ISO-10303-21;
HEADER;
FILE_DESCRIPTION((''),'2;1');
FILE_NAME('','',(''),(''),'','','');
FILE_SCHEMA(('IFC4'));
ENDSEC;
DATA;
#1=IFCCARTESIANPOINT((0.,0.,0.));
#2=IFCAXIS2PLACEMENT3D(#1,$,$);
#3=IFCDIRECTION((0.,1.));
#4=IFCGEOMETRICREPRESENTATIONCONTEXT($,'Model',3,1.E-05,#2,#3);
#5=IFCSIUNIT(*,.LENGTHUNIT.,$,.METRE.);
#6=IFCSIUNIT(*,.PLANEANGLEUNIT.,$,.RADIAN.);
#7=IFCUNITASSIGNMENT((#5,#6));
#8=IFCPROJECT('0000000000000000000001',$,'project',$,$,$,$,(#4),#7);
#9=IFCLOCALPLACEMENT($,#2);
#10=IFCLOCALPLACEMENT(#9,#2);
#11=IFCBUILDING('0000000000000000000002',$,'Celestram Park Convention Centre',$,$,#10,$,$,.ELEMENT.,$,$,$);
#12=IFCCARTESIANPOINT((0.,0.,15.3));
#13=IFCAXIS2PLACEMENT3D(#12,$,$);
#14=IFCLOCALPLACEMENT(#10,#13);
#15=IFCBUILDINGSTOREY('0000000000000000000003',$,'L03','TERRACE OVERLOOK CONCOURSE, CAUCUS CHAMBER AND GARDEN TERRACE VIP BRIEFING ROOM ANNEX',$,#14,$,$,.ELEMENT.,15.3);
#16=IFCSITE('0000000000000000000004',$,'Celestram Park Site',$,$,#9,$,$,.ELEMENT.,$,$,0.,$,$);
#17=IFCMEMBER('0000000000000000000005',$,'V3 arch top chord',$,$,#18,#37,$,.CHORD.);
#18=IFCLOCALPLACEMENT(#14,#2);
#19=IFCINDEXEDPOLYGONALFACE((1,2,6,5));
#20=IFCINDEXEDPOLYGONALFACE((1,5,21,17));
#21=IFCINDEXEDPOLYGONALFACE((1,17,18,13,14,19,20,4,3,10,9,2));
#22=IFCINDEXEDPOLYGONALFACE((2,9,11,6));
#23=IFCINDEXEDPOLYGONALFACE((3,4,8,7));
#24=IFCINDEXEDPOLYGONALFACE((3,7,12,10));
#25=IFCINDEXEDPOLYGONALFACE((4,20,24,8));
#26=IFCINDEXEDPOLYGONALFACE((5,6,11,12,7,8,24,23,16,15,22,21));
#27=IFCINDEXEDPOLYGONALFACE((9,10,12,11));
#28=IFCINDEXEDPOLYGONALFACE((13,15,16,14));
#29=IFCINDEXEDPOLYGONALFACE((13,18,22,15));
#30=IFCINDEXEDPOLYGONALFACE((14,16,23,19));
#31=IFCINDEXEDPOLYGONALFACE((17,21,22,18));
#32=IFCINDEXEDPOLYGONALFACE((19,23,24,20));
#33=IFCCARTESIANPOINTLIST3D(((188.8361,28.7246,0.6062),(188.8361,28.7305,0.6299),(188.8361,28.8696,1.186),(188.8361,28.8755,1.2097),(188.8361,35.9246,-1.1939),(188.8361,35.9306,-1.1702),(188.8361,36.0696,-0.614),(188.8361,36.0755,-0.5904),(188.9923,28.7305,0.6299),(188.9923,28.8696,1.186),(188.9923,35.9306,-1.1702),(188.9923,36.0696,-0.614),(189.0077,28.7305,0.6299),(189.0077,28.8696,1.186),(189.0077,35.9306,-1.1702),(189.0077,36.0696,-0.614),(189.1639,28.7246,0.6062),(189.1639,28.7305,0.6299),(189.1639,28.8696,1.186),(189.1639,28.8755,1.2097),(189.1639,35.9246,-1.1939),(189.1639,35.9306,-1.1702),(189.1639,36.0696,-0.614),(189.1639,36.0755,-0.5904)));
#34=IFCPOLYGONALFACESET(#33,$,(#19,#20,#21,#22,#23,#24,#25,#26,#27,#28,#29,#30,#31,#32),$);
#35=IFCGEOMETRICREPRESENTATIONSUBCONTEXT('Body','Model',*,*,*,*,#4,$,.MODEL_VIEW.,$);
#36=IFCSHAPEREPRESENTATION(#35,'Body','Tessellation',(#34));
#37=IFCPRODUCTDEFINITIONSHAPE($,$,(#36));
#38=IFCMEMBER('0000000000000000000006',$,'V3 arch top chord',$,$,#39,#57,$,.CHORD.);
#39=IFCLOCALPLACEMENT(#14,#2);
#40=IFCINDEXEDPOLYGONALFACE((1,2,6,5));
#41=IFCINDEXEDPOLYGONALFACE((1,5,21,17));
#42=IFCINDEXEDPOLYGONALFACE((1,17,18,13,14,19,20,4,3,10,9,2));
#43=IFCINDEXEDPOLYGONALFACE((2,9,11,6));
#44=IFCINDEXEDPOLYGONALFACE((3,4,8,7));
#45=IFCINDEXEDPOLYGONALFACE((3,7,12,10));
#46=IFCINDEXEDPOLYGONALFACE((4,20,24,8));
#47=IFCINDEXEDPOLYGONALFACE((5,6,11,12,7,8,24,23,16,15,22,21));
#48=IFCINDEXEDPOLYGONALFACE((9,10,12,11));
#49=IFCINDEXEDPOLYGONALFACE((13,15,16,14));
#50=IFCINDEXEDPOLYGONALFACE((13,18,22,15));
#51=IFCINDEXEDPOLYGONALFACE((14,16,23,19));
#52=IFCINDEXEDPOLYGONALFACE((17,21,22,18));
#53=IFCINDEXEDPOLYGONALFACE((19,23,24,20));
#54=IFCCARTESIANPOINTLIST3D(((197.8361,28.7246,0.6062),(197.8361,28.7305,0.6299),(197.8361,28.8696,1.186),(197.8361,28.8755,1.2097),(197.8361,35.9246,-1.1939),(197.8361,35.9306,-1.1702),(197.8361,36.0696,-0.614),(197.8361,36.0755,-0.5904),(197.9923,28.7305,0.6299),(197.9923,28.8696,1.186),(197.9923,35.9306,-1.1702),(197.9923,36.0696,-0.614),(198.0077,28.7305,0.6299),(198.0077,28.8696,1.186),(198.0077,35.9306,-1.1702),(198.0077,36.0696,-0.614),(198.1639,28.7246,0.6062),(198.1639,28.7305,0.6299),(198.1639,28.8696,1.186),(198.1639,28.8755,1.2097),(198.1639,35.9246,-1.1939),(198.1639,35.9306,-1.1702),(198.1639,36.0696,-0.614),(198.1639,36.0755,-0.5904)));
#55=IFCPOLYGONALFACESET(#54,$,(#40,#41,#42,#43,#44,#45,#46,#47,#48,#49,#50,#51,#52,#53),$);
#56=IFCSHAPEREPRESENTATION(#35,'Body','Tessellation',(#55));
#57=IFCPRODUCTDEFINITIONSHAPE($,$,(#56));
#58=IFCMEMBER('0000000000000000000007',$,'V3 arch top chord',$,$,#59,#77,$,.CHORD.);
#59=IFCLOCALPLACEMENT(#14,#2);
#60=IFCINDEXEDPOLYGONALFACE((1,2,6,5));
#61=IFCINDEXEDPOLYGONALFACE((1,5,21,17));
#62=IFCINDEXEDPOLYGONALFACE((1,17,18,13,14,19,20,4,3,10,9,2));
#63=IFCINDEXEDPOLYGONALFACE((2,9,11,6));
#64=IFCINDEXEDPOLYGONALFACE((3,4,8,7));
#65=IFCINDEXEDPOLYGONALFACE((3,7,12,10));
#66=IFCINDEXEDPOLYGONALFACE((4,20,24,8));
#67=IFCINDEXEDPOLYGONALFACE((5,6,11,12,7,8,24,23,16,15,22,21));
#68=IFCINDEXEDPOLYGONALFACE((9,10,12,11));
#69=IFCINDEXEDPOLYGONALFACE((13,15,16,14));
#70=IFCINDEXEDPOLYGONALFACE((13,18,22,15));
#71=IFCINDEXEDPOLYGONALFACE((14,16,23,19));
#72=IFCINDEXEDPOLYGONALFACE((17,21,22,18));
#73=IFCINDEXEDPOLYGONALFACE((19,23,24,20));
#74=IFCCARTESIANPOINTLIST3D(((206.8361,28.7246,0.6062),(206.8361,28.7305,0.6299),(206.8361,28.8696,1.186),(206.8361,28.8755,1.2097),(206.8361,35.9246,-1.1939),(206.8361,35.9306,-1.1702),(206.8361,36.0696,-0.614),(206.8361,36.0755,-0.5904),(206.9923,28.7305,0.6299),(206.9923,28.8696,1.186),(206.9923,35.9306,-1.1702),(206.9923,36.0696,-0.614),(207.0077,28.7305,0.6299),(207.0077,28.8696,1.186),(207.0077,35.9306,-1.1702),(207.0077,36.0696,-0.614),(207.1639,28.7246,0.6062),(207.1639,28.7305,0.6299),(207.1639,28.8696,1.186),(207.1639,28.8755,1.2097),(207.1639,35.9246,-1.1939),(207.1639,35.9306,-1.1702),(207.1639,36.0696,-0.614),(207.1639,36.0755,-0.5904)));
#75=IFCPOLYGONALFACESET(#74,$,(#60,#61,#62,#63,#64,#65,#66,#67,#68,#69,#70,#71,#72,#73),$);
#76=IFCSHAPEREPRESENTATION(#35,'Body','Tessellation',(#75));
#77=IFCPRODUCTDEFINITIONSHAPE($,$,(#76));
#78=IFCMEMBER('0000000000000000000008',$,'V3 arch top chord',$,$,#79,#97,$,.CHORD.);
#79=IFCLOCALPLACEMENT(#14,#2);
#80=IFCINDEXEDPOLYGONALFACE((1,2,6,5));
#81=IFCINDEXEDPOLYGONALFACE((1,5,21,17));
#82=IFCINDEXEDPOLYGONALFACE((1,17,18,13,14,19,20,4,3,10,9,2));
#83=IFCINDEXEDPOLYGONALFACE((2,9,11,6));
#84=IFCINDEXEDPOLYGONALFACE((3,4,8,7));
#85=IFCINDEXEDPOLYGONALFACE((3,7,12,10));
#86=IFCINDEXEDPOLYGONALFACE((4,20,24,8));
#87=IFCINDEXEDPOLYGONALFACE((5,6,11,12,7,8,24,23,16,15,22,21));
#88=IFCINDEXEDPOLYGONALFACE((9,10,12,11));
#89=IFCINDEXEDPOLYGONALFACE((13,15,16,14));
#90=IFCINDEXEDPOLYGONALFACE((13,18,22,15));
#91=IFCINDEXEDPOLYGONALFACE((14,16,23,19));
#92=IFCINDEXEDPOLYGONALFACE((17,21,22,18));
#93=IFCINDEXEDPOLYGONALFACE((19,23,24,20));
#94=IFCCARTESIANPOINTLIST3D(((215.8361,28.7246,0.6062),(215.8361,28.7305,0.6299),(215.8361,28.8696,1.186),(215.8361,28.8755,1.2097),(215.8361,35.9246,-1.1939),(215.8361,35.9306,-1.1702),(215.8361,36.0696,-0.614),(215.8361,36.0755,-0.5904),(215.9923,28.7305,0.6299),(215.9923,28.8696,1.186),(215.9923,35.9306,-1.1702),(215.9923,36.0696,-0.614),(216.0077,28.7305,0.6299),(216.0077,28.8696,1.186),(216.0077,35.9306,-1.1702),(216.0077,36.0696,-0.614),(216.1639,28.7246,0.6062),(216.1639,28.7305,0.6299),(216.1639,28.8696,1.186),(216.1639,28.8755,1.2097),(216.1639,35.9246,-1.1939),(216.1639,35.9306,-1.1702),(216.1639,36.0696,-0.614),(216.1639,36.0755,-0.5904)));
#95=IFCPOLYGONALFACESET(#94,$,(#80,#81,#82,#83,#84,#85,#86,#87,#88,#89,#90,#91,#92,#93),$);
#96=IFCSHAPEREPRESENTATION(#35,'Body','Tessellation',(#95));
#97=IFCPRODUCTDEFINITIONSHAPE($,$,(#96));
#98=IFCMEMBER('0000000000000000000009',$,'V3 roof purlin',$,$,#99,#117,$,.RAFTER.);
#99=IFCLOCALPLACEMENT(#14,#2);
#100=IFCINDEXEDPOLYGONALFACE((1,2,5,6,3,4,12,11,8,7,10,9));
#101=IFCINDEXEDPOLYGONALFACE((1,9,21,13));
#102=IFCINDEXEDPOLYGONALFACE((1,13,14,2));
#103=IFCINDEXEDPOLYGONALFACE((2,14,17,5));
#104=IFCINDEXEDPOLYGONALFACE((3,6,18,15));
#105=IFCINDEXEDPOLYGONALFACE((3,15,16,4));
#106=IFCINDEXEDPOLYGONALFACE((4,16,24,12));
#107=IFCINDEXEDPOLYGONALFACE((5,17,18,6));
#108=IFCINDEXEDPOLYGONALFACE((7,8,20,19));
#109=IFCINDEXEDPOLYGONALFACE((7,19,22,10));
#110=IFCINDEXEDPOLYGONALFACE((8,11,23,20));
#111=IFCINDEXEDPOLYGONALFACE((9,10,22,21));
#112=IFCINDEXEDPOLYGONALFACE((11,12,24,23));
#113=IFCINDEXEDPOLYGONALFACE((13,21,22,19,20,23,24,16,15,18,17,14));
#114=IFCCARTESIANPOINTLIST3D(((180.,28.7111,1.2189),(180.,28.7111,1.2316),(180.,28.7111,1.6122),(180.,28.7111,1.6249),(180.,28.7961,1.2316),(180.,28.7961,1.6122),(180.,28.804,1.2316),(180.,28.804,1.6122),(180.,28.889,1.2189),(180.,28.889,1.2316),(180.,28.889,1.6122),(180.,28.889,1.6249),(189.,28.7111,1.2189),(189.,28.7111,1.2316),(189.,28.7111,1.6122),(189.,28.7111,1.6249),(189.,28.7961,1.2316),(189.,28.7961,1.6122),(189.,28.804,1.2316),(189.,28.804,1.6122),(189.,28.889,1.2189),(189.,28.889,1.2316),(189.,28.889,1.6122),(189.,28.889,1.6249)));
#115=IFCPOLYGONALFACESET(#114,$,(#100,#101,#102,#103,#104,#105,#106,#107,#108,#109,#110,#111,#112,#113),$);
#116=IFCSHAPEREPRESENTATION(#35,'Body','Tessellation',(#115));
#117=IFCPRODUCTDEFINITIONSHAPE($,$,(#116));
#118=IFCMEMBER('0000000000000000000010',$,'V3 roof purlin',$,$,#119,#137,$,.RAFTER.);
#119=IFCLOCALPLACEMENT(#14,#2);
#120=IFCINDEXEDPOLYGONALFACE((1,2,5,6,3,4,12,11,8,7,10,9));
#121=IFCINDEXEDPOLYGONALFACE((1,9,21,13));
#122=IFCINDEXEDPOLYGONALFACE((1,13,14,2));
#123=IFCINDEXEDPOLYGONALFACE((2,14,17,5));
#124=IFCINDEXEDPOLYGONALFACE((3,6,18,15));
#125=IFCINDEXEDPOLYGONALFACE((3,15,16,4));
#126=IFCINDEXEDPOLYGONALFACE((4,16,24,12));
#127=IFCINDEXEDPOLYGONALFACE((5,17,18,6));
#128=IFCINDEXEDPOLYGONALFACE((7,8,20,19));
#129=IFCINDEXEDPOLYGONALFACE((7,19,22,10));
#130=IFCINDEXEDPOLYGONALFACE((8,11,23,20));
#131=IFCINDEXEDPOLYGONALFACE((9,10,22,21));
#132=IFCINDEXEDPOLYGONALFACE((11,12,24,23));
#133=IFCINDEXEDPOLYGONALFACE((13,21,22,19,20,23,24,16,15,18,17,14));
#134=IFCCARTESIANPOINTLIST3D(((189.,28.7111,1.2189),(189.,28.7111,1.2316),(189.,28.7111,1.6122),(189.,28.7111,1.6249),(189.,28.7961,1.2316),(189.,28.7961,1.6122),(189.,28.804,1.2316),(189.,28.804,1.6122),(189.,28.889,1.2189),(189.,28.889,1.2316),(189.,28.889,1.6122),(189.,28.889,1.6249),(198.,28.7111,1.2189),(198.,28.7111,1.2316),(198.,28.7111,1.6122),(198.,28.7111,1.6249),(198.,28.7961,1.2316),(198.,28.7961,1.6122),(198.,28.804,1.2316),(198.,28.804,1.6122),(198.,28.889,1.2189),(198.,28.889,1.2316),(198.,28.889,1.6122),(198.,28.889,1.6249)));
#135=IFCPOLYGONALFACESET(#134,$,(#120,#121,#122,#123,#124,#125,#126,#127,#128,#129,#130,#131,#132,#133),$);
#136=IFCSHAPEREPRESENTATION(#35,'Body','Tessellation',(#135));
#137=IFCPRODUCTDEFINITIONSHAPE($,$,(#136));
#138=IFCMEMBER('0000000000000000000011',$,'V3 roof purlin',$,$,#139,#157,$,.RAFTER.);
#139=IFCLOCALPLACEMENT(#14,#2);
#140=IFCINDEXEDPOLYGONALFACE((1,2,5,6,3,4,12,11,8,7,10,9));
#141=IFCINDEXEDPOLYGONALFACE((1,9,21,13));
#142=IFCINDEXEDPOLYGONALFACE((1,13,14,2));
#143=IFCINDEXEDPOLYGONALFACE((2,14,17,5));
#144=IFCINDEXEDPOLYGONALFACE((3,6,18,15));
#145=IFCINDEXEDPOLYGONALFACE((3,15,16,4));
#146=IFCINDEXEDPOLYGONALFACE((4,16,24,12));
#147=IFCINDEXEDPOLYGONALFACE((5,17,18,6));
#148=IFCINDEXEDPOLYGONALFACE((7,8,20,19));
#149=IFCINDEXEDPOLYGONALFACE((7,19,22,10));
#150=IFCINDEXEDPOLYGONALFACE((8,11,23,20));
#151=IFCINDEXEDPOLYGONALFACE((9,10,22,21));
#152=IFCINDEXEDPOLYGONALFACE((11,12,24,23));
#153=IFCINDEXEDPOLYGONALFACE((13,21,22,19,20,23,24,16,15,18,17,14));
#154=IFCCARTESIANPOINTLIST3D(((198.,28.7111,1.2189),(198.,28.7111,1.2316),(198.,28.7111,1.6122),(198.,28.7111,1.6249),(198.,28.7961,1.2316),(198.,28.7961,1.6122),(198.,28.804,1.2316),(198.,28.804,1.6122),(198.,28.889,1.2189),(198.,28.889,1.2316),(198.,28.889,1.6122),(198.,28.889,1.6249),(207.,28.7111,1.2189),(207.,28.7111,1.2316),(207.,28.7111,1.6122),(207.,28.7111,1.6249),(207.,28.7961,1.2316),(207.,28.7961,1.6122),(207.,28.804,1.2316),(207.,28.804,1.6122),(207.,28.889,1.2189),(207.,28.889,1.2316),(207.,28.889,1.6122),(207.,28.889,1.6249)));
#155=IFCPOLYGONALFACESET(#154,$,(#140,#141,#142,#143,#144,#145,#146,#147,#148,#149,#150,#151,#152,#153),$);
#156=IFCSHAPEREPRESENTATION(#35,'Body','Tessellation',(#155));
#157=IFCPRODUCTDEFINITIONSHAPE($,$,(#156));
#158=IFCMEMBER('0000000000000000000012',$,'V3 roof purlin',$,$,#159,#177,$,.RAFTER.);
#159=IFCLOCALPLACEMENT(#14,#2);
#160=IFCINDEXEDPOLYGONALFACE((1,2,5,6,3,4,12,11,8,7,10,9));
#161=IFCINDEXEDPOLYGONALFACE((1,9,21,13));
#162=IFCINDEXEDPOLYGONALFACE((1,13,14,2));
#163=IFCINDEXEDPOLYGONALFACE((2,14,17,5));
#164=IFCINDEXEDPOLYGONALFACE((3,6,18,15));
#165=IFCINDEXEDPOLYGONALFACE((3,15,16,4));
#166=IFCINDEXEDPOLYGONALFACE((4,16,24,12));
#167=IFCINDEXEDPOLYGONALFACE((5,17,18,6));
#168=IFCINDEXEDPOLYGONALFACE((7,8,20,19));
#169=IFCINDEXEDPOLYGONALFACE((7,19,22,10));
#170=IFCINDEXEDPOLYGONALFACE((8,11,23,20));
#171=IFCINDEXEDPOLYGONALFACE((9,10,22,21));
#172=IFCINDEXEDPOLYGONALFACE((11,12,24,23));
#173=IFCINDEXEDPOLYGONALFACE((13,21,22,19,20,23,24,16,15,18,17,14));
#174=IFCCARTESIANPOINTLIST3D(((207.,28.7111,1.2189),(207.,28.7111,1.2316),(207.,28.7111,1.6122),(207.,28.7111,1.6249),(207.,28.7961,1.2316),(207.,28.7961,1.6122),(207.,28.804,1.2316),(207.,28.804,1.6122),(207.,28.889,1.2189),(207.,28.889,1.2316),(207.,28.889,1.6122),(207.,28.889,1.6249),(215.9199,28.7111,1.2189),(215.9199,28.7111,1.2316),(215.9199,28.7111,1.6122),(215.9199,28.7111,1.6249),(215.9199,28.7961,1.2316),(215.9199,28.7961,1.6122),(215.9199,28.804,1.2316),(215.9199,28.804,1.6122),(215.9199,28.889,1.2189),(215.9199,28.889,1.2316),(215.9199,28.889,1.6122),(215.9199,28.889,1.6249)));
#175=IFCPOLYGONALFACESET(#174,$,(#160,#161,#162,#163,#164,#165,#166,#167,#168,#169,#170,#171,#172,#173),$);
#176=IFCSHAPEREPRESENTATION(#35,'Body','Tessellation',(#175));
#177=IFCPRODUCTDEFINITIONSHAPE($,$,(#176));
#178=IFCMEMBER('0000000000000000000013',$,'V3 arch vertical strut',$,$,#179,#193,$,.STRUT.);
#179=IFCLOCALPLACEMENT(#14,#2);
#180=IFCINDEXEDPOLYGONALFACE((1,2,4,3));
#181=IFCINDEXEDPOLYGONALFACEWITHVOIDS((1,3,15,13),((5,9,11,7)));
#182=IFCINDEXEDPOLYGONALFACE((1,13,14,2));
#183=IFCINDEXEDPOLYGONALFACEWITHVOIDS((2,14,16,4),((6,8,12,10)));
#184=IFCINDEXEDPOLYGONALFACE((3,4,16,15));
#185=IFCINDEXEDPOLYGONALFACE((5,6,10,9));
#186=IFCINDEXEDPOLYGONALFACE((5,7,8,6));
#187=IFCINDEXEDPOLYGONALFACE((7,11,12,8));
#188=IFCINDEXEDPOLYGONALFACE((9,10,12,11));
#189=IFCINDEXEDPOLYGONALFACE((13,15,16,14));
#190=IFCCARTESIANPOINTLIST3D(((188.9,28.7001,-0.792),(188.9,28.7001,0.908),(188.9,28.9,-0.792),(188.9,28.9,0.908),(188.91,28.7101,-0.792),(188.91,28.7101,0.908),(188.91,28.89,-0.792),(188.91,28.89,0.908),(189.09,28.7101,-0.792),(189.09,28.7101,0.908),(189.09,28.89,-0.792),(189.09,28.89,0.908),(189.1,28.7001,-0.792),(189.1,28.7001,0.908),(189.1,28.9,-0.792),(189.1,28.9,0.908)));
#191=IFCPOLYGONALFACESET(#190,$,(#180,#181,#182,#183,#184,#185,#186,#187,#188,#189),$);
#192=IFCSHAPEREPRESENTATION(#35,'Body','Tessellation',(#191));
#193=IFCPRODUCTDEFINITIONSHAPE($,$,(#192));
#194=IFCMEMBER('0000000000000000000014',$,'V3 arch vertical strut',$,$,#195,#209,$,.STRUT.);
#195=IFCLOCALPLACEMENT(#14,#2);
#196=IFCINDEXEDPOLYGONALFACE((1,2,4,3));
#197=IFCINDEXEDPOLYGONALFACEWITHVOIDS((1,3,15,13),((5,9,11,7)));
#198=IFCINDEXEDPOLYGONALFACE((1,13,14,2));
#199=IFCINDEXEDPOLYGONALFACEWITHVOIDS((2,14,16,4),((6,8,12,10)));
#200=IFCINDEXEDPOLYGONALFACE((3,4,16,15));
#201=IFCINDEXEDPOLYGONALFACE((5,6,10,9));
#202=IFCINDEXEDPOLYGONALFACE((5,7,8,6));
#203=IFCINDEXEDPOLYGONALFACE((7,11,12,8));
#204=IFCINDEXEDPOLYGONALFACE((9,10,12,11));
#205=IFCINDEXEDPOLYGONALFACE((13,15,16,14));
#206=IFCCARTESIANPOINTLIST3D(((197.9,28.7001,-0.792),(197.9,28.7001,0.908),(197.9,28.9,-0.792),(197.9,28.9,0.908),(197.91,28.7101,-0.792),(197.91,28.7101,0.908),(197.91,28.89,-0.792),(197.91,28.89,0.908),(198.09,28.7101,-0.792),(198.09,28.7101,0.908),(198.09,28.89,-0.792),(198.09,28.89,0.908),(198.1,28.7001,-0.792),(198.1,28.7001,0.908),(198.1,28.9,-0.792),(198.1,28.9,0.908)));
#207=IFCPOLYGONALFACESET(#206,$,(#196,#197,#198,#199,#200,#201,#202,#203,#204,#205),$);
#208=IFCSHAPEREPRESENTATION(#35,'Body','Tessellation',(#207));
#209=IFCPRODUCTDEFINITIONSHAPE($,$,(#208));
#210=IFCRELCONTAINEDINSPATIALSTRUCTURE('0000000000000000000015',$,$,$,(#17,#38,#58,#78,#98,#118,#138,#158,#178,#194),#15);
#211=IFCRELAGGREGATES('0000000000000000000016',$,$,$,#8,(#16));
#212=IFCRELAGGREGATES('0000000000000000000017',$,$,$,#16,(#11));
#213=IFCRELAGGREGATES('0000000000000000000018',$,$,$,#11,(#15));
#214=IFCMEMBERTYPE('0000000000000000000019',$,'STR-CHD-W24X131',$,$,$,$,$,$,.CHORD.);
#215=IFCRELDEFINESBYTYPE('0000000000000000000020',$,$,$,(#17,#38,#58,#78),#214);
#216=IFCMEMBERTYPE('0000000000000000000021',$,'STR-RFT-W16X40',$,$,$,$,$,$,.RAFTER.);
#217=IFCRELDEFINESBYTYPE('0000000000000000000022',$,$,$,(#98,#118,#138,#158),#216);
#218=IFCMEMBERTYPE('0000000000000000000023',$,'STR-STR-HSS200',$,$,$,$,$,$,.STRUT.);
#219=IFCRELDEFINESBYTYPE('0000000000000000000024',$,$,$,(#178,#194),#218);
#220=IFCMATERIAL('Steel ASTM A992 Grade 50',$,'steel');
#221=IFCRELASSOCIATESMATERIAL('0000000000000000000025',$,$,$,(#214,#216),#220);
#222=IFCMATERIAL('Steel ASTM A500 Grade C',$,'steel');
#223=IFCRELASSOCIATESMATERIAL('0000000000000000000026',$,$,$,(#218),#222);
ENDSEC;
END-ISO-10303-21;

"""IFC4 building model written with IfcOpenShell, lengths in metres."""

from ifc_helpers import new_model, si_unit, direction, frame, origin, origin_2d, place, context, subcontext, project, spatial, hollow_rectangle, i_section, extrude, material, material_profile, profile_set, type_object, element, save


model = new_model("IFC4")

# Units and contexts
model_context = context("Model", 3, precision=1e-05, world=origin(), true_north=direction((0.0, 1.0)))
body_context = subcontext(model_context, "Body", "Model", "MODEL_VIEW")
ifc_project = project(units=[si_unit("LENGTHUNIT", "METRE"), si_unit("PLANEANGLEUNIT", "RADIAN")], contexts=[model_context])

# Site, building, storey
site_placement = place(None, origin())
site = spatial("IfcSite", under=ifc_project, at=site_placement, Name="Celestram Park Site", CompositionType="ELEMENT", RefElevation=0.0)
building_placement = place(site_placement, origin())
building = spatial("IfcBuilding", under=site, at=building_placement, Name="Celestram Park Convention Centre", CompositionType="ELEMENT")
storey_placement = place(building_placement, frame((0.0, 0.0, 15.3)))
storey = spatial("IfcBuildingStorey", under=building, at=storey_placement, Name="L03", Description="TERRACE OVERLOOK CONCOURSE, CAUCUS CHAMBER AND GARDEN TERRACE VIP BRIEFING ROOM ANNEX", CompositionType="ELEMENT", Elevation=15.3)

# Members
ifc_material_1 = material(Name="Steel ASTM A992 Grade 50", Category="steel")
ifc_material_profile_1 = material_profile(ifc_material_1, i_section(OverallWidth=0.3279, OverallDepth=0.6221, WebThickness=0.0154, FlangeThickness=0.0244, at=origin_2d()), Name="W24X131")
ifc_profile_set_1 = profile_set([ifc_material_profile_1], Name="Steel ASTM A992 Grade 50")
member_type_1 = type_object("IfcMemberType", Name="STR-CHD-W24X131", PredefinedType="CHORD", material=ifc_profile_set_1)
for number, where, z_axis, x_axis, name in (
    (1, (189.0, 28.8, 0.908), (0.0, 0.970141, -0.242543), (-1.0, 0.0, 0.0), "V3 arch top chord"),
    (2, (198.0, 28.8, 0.908), (0.0, 0.970141, -0.242543), (-1.0, 0.0, 0.0), "V3 arch top chord"),
    (3, (207.0, 28.8, 0.908), (0.0, 0.970141, -0.242543), (-1.0, 0.0, 0.0), "V3 arch top chord"),
    (4, (216.0, 28.8, 0.908), (0.0, 0.970141, -0.242543), (-1.0, 0.0, 0.0), "V3 arch top chord"),
):
    element("IfcMember", number, at=place(storey_placement, frame(where, z_axis=z_axis, x_axis=x_axis)), inside=storey, type_object=member_type_1, Name=name, PredefinedType="CHORD", context=body_context, shape_type="SweptSolid", body=[
        extrude(i_section(OverallWidth=0.3279, OverallDepth=0.6221, WebThickness=0.0154, FlangeThickness=0.0244, at=origin_2d()), origin(), (0.0, 0.0, 1.0), 7.4216),
    ])
ifc_material_profile_2 = material_profile(ifc_material_1, i_section(OverallWidth=0.178, OverallDepth=0.406, WebThickness=0.0078, FlangeThickness=0.0127, at=origin_2d()), Name="W16X40")
ifc_profile_set_2 = profile_set([ifc_material_profile_2], Name="Steel ASTM A992 Grade 50")
member_type_2 = type_object("IfcMemberType", Name="STR-RFT-W16X40", PredefinedType="RAFTER", material=ifc_profile_set_2)
for number, where, z_axis, x_axis, name in (
    (5, (180.0, 28.8, 1.4219), (1.0, 0.0, 0.0), (0.0, 1.0, 0.0), "V3 roof purlin"),
    (6, (189.0, 28.8, 1.4219), (1.0, 0.0, 0.0), (0.0, 1.0, 0.0), "V3 roof purlin"),
    (7, (198.0, 28.8, 1.4219), (1.0, 0.0, 0.0), (0.0, 1.0, 0.0), "V3 roof purlin"),
):
    element("IfcMember", number, at=place(storey_placement, frame(where, z_axis=z_axis, x_axis=x_axis)), inside=storey, type_object=member_type_2, Name=name, PredefinedType="RAFTER", context=body_context, shape_type="SweptSolid", body=[
        extrude(i_section(OverallWidth=0.178, OverallDepth=0.406, WebThickness=0.0078, FlangeThickness=0.0127, at=origin_2d()), origin(), (0.0, 0.0, 1.0), 9.0),
    ])
member_placement = place(storey_placement, frame((207.0, 28.8, 1.4219), z_axis=(1.0, 0.0, 0.0), x_axis=(0.0, 1.0, 0.0)))
element("IfcMember", 8, at=member_placement, inside=storey, type_object=member_type_2, Name="V3 roof purlin", PredefinedType="RAFTER", context=body_context, shape_type="SweptSolid", body=[
    extrude(i_section(OverallWidth=0.178, OverallDepth=0.406, WebThickness=0.0078, FlangeThickness=0.0127, at=origin_2d()), origin(), (0.0, 0.0, 1.0), 8.9199),
])
ifc_material_2 = material(Name="Steel ASTM A500 Grade C", Category="steel")
ifc_material_profile_3 = material_profile(ifc_material_2, hollow_rectangle(XDim=0.2, YDim=0.2, WallThickness=0.01, at=origin_2d()), Name="HSS200X200X10")
ifc_profile_set_3 = profile_set([ifc_material_profile_3], Name="Steel ASTM A500 Grade C")
member_type_3 = type_object("IfcMemberType", Name="STR-STR-HSS200", PredefinedType="STRUT", material=ifc_profile_set_3)
for number, where, z_axis, x_axis, name in (
    (9, (189.0, 28.8, -0.792), (0.0, 0.0, 1.0), (1.0, 0.0, 0.0), "V3 arch vertical strut"),
    (10, (198.0, 28.8, -0.792), (0.0, 0.0, 1.0), (1.0, 0.0, 0.0), "V3 arch vertical strut"),
):
    element("IfcMember", number, at=place(storey_placement, frame(where, z_axis=z_axis, x_axis=x_axis)), inside=storey, type_object=member_type_3, Name=name, PredefinedType="STRUT", context=body_context, shape_type="SweptSolid", body=[
        extrude(hollow_rectangle(XDim=0.2, YDim=0.2, WallThickness=0.01, at=origin_2d()), origin(), (0.0, 0.0, 1.0), 1.7),
    ])

save(model, "model.ifc")
